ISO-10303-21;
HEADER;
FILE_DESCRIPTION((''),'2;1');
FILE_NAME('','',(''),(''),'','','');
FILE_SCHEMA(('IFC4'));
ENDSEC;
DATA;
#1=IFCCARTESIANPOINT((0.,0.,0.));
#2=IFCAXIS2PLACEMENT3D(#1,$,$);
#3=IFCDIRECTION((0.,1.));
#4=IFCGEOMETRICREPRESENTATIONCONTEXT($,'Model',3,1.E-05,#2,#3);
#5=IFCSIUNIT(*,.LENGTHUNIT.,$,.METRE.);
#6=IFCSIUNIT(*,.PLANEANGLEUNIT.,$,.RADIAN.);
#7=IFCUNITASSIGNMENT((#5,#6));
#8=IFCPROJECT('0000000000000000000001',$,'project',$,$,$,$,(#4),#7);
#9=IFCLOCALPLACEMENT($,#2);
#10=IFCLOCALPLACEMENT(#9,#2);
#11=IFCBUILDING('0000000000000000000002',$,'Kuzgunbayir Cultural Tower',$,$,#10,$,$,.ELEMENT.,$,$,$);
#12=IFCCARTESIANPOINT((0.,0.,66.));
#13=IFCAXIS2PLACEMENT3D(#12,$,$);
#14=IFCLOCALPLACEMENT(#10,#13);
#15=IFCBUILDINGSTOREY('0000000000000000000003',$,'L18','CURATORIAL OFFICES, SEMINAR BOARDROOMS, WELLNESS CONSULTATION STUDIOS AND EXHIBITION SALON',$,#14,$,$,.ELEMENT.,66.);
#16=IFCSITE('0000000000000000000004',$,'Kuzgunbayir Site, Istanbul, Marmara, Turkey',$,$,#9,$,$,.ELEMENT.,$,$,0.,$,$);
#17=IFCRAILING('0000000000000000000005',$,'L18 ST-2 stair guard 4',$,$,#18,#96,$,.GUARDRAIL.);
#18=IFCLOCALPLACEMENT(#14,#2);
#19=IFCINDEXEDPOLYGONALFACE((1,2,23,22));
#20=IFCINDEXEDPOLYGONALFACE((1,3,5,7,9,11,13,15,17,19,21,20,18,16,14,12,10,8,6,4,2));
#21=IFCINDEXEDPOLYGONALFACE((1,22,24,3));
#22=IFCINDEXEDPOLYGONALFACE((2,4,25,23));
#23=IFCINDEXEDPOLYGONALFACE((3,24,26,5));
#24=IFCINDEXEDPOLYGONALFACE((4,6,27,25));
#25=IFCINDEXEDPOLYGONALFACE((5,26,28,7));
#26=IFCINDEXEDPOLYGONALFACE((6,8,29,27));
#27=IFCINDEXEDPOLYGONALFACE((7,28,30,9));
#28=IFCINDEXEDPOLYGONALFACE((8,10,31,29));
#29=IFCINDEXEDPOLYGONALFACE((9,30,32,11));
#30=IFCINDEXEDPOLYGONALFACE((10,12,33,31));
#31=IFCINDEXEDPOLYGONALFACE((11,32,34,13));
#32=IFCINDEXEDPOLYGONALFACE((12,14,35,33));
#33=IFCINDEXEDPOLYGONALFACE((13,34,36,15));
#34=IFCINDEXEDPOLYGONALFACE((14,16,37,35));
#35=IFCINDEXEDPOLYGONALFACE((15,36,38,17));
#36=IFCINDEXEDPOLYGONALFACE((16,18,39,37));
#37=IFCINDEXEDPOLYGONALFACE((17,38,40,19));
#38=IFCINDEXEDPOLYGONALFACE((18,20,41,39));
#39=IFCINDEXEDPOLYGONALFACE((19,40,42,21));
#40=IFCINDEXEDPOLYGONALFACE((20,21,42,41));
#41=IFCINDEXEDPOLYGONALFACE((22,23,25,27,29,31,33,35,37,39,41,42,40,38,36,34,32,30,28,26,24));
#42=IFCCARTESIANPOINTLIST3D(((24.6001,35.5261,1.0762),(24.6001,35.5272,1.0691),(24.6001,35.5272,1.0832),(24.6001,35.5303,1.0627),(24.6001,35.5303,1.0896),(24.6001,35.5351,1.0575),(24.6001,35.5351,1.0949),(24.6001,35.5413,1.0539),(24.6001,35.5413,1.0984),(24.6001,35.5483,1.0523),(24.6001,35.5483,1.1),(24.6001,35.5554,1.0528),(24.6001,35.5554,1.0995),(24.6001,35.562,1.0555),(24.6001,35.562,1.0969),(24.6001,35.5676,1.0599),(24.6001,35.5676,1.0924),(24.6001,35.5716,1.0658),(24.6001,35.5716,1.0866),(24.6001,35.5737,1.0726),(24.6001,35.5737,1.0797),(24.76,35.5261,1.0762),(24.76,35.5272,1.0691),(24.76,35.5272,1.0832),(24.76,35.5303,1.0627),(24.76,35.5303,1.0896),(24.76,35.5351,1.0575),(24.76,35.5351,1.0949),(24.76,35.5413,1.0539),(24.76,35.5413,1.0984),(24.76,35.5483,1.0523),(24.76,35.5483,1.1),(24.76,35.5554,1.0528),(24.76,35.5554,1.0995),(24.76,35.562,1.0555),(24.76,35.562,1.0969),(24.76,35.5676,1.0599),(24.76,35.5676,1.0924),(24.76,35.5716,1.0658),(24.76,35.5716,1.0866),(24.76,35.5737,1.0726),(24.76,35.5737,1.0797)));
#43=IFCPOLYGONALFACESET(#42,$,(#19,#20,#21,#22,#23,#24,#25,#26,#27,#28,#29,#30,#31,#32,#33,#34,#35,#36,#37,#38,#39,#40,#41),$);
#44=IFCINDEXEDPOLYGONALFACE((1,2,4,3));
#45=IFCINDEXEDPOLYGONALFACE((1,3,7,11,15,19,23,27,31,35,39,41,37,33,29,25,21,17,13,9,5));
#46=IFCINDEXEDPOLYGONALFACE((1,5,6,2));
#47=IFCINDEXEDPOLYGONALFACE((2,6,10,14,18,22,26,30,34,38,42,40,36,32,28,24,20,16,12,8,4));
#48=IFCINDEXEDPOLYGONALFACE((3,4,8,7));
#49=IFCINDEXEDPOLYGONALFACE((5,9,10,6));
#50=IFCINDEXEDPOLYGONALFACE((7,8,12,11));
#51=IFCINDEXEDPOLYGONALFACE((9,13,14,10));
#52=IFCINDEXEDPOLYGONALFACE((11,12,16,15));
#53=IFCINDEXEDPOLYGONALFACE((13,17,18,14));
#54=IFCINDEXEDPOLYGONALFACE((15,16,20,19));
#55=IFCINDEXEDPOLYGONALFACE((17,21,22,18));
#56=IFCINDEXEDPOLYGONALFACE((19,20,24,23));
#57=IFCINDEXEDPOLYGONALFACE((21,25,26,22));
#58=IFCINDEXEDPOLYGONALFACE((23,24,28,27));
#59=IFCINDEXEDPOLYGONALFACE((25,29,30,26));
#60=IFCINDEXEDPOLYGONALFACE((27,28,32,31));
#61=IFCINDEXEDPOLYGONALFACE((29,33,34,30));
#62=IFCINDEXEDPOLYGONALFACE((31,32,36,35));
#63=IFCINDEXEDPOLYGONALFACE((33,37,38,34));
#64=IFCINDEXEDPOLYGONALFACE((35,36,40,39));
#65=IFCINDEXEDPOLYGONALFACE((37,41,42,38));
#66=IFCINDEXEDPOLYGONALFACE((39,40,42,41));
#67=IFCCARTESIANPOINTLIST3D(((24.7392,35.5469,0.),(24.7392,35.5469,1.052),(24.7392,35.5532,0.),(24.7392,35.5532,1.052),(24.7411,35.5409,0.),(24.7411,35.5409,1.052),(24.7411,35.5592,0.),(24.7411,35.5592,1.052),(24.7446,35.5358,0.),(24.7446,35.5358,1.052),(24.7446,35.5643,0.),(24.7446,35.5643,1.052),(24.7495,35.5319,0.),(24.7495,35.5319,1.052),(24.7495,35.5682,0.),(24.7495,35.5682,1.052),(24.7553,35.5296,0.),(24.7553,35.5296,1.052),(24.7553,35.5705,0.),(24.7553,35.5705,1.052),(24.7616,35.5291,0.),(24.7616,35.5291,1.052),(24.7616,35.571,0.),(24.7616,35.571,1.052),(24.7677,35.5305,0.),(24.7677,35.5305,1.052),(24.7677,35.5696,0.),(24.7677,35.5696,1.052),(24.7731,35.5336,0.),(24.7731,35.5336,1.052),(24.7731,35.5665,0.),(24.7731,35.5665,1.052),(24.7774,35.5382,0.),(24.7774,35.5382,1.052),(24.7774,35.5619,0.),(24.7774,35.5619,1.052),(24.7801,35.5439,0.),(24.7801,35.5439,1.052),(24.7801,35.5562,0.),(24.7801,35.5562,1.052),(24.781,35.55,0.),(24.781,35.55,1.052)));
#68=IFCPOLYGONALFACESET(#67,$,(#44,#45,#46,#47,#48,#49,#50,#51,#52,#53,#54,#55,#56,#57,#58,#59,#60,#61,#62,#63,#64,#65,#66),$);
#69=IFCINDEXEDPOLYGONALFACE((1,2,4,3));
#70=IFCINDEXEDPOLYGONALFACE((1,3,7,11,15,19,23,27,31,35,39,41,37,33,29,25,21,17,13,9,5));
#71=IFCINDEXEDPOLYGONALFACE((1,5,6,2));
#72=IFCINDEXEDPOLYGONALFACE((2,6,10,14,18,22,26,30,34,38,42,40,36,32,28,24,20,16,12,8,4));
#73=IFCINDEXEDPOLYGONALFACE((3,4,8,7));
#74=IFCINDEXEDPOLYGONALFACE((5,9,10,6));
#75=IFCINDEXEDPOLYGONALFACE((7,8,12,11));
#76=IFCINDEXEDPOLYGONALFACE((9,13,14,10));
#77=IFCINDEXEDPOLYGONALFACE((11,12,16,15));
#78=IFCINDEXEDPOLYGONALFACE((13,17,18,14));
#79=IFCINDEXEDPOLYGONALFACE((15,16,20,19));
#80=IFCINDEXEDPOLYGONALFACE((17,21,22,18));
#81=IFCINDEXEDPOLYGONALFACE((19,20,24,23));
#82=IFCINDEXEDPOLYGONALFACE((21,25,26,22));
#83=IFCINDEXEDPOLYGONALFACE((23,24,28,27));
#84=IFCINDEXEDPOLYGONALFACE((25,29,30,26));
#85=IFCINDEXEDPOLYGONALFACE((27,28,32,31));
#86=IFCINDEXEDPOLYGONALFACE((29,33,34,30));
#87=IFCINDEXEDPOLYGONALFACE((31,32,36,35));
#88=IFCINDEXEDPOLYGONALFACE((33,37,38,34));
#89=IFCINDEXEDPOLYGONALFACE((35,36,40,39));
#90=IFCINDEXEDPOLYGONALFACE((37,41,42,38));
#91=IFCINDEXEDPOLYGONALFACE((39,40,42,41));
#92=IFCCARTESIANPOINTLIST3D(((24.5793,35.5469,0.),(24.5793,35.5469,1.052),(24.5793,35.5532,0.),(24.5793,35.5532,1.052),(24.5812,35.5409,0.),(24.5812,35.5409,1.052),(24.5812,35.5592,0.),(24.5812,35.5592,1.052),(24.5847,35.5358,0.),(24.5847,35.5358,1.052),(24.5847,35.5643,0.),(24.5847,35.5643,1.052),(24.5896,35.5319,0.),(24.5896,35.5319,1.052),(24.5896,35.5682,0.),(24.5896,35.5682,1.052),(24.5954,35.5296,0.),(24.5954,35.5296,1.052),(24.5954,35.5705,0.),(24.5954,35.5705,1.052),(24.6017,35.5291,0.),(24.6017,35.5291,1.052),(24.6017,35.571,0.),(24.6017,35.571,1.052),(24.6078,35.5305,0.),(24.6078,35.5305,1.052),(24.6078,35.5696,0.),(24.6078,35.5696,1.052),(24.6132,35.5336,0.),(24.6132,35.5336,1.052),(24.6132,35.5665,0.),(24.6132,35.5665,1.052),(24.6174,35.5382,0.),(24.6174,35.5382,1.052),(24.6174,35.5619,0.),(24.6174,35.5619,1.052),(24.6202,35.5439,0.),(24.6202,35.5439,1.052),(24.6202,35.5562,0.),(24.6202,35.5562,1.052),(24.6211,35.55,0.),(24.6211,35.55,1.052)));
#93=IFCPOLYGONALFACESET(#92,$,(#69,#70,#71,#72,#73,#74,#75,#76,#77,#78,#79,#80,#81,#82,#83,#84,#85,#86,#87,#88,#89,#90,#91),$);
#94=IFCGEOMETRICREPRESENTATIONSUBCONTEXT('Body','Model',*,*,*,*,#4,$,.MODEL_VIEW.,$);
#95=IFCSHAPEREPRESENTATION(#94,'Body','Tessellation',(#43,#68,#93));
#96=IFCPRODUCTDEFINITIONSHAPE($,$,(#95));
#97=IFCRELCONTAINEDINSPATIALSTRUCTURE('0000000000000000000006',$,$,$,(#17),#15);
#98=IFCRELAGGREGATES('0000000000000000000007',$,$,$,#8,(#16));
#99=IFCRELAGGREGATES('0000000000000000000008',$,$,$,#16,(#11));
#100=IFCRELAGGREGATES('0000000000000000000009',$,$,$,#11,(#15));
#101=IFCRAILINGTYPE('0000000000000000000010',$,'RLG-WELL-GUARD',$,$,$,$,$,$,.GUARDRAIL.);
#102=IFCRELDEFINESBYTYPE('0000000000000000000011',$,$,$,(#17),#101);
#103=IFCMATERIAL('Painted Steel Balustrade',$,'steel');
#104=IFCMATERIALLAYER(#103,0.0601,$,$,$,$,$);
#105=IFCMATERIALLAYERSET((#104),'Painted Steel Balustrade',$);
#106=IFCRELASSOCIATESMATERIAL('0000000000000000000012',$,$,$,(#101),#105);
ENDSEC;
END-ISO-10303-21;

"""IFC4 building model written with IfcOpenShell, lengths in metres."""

from ifc_helpers import new_model, si_unit, direction, frame, origin, origin_2d, place, context, subcontext, project, spatial, circle, extrude, material, layer, layer_set, type_object, element, save


model = new_model("IFC4")

# Units and contexts
model_context = context("Model", 3, precision=1e-05, world=origin(), true_north=direction((0.0, 1.0)))
body_context = subcontext(model_context, "Body", "Model", "MODEL_VIEW")
ifc_project = project(units=[si_unit("LENGTHUNIT", "METRE"), si_unit("PLANEANGLEUNIT", "RADIAN")], contexts=[model_context])

# Site, building, storey
site_placement = place(None, origin())
site = spatial("IfcSite", under=ifc_project, at=site_placement, Name="Kuzgunbayir Site, Istanbul, Marmara, Turkey", CompositionType="ELEMENT", RefElevation=0.0)
building_placement = place(site_placement, origin())
building = spatial("IfcBuilding", under=site, at=building_placement, Name="Kuzgunbayir Cultural Tower", CompositionType="ELEMENT")
storey_placement = place(building_placement, frame((0.0, 0.0, 66.0)))
storey = spatial("IfcBuildingStorey", under=building, at=storey_placement, Name="L18", Description="CURATORIAL OFFICES, SEMINAR BOARDROOMS, WELLNESS CONSULTATION STUDIOS AND EXHIBITION SALON", CompositionType="ELEMENT", Elevation=66.0)

# Railing
ifc_material_1 = material(Name="Painted Steel Balustrade", Category="steel")
ifc_layer_1 = layer(ifc_material_1, 0.0601)
ifc_layer_set_1 = layer_set([ifc_layer_1], Name="Painted Steel Balustrade")
railing_type_1 = type_object("IfcRailingType", Name="RLG-WELL-GUARD", PredefinedType="GUARDRAIL", material=ifc_layer_set_1)
railing_1_placement = place(storey_placement, frame((24.76, 35.55, 0.0)))
element("IfcRailing", 1, at=railing_1_placement, inside=storey, type_object=railing_type_1, Name="L18 ST-2 stair guard 4", PredefinedType="GUARDRAIL", context=body_context, shape_type="SweptSolid", body=[
    extrude(circle(Radius=0.0239, at=origin_2d()), frame((0.0, 0.0, 1.0762), z_axis=(-1.0, 0.0, 0.0), x_axis=(0.0, -1.0, 0.0)), (0.0, 0.0, 1.0), 0.1599),
    extrude(circle(Radius=0.021, at=origin_2d()), origin(), (0.0, 0.0, 1.0), 1.052),
    extrude(circle(Radius=0.021, at=origin_2d()), frame((-0.1599, 0.0, 0.0)), (0.0, 0.0, 1.0), 1.052),
])

save(model, "model.ifc")
